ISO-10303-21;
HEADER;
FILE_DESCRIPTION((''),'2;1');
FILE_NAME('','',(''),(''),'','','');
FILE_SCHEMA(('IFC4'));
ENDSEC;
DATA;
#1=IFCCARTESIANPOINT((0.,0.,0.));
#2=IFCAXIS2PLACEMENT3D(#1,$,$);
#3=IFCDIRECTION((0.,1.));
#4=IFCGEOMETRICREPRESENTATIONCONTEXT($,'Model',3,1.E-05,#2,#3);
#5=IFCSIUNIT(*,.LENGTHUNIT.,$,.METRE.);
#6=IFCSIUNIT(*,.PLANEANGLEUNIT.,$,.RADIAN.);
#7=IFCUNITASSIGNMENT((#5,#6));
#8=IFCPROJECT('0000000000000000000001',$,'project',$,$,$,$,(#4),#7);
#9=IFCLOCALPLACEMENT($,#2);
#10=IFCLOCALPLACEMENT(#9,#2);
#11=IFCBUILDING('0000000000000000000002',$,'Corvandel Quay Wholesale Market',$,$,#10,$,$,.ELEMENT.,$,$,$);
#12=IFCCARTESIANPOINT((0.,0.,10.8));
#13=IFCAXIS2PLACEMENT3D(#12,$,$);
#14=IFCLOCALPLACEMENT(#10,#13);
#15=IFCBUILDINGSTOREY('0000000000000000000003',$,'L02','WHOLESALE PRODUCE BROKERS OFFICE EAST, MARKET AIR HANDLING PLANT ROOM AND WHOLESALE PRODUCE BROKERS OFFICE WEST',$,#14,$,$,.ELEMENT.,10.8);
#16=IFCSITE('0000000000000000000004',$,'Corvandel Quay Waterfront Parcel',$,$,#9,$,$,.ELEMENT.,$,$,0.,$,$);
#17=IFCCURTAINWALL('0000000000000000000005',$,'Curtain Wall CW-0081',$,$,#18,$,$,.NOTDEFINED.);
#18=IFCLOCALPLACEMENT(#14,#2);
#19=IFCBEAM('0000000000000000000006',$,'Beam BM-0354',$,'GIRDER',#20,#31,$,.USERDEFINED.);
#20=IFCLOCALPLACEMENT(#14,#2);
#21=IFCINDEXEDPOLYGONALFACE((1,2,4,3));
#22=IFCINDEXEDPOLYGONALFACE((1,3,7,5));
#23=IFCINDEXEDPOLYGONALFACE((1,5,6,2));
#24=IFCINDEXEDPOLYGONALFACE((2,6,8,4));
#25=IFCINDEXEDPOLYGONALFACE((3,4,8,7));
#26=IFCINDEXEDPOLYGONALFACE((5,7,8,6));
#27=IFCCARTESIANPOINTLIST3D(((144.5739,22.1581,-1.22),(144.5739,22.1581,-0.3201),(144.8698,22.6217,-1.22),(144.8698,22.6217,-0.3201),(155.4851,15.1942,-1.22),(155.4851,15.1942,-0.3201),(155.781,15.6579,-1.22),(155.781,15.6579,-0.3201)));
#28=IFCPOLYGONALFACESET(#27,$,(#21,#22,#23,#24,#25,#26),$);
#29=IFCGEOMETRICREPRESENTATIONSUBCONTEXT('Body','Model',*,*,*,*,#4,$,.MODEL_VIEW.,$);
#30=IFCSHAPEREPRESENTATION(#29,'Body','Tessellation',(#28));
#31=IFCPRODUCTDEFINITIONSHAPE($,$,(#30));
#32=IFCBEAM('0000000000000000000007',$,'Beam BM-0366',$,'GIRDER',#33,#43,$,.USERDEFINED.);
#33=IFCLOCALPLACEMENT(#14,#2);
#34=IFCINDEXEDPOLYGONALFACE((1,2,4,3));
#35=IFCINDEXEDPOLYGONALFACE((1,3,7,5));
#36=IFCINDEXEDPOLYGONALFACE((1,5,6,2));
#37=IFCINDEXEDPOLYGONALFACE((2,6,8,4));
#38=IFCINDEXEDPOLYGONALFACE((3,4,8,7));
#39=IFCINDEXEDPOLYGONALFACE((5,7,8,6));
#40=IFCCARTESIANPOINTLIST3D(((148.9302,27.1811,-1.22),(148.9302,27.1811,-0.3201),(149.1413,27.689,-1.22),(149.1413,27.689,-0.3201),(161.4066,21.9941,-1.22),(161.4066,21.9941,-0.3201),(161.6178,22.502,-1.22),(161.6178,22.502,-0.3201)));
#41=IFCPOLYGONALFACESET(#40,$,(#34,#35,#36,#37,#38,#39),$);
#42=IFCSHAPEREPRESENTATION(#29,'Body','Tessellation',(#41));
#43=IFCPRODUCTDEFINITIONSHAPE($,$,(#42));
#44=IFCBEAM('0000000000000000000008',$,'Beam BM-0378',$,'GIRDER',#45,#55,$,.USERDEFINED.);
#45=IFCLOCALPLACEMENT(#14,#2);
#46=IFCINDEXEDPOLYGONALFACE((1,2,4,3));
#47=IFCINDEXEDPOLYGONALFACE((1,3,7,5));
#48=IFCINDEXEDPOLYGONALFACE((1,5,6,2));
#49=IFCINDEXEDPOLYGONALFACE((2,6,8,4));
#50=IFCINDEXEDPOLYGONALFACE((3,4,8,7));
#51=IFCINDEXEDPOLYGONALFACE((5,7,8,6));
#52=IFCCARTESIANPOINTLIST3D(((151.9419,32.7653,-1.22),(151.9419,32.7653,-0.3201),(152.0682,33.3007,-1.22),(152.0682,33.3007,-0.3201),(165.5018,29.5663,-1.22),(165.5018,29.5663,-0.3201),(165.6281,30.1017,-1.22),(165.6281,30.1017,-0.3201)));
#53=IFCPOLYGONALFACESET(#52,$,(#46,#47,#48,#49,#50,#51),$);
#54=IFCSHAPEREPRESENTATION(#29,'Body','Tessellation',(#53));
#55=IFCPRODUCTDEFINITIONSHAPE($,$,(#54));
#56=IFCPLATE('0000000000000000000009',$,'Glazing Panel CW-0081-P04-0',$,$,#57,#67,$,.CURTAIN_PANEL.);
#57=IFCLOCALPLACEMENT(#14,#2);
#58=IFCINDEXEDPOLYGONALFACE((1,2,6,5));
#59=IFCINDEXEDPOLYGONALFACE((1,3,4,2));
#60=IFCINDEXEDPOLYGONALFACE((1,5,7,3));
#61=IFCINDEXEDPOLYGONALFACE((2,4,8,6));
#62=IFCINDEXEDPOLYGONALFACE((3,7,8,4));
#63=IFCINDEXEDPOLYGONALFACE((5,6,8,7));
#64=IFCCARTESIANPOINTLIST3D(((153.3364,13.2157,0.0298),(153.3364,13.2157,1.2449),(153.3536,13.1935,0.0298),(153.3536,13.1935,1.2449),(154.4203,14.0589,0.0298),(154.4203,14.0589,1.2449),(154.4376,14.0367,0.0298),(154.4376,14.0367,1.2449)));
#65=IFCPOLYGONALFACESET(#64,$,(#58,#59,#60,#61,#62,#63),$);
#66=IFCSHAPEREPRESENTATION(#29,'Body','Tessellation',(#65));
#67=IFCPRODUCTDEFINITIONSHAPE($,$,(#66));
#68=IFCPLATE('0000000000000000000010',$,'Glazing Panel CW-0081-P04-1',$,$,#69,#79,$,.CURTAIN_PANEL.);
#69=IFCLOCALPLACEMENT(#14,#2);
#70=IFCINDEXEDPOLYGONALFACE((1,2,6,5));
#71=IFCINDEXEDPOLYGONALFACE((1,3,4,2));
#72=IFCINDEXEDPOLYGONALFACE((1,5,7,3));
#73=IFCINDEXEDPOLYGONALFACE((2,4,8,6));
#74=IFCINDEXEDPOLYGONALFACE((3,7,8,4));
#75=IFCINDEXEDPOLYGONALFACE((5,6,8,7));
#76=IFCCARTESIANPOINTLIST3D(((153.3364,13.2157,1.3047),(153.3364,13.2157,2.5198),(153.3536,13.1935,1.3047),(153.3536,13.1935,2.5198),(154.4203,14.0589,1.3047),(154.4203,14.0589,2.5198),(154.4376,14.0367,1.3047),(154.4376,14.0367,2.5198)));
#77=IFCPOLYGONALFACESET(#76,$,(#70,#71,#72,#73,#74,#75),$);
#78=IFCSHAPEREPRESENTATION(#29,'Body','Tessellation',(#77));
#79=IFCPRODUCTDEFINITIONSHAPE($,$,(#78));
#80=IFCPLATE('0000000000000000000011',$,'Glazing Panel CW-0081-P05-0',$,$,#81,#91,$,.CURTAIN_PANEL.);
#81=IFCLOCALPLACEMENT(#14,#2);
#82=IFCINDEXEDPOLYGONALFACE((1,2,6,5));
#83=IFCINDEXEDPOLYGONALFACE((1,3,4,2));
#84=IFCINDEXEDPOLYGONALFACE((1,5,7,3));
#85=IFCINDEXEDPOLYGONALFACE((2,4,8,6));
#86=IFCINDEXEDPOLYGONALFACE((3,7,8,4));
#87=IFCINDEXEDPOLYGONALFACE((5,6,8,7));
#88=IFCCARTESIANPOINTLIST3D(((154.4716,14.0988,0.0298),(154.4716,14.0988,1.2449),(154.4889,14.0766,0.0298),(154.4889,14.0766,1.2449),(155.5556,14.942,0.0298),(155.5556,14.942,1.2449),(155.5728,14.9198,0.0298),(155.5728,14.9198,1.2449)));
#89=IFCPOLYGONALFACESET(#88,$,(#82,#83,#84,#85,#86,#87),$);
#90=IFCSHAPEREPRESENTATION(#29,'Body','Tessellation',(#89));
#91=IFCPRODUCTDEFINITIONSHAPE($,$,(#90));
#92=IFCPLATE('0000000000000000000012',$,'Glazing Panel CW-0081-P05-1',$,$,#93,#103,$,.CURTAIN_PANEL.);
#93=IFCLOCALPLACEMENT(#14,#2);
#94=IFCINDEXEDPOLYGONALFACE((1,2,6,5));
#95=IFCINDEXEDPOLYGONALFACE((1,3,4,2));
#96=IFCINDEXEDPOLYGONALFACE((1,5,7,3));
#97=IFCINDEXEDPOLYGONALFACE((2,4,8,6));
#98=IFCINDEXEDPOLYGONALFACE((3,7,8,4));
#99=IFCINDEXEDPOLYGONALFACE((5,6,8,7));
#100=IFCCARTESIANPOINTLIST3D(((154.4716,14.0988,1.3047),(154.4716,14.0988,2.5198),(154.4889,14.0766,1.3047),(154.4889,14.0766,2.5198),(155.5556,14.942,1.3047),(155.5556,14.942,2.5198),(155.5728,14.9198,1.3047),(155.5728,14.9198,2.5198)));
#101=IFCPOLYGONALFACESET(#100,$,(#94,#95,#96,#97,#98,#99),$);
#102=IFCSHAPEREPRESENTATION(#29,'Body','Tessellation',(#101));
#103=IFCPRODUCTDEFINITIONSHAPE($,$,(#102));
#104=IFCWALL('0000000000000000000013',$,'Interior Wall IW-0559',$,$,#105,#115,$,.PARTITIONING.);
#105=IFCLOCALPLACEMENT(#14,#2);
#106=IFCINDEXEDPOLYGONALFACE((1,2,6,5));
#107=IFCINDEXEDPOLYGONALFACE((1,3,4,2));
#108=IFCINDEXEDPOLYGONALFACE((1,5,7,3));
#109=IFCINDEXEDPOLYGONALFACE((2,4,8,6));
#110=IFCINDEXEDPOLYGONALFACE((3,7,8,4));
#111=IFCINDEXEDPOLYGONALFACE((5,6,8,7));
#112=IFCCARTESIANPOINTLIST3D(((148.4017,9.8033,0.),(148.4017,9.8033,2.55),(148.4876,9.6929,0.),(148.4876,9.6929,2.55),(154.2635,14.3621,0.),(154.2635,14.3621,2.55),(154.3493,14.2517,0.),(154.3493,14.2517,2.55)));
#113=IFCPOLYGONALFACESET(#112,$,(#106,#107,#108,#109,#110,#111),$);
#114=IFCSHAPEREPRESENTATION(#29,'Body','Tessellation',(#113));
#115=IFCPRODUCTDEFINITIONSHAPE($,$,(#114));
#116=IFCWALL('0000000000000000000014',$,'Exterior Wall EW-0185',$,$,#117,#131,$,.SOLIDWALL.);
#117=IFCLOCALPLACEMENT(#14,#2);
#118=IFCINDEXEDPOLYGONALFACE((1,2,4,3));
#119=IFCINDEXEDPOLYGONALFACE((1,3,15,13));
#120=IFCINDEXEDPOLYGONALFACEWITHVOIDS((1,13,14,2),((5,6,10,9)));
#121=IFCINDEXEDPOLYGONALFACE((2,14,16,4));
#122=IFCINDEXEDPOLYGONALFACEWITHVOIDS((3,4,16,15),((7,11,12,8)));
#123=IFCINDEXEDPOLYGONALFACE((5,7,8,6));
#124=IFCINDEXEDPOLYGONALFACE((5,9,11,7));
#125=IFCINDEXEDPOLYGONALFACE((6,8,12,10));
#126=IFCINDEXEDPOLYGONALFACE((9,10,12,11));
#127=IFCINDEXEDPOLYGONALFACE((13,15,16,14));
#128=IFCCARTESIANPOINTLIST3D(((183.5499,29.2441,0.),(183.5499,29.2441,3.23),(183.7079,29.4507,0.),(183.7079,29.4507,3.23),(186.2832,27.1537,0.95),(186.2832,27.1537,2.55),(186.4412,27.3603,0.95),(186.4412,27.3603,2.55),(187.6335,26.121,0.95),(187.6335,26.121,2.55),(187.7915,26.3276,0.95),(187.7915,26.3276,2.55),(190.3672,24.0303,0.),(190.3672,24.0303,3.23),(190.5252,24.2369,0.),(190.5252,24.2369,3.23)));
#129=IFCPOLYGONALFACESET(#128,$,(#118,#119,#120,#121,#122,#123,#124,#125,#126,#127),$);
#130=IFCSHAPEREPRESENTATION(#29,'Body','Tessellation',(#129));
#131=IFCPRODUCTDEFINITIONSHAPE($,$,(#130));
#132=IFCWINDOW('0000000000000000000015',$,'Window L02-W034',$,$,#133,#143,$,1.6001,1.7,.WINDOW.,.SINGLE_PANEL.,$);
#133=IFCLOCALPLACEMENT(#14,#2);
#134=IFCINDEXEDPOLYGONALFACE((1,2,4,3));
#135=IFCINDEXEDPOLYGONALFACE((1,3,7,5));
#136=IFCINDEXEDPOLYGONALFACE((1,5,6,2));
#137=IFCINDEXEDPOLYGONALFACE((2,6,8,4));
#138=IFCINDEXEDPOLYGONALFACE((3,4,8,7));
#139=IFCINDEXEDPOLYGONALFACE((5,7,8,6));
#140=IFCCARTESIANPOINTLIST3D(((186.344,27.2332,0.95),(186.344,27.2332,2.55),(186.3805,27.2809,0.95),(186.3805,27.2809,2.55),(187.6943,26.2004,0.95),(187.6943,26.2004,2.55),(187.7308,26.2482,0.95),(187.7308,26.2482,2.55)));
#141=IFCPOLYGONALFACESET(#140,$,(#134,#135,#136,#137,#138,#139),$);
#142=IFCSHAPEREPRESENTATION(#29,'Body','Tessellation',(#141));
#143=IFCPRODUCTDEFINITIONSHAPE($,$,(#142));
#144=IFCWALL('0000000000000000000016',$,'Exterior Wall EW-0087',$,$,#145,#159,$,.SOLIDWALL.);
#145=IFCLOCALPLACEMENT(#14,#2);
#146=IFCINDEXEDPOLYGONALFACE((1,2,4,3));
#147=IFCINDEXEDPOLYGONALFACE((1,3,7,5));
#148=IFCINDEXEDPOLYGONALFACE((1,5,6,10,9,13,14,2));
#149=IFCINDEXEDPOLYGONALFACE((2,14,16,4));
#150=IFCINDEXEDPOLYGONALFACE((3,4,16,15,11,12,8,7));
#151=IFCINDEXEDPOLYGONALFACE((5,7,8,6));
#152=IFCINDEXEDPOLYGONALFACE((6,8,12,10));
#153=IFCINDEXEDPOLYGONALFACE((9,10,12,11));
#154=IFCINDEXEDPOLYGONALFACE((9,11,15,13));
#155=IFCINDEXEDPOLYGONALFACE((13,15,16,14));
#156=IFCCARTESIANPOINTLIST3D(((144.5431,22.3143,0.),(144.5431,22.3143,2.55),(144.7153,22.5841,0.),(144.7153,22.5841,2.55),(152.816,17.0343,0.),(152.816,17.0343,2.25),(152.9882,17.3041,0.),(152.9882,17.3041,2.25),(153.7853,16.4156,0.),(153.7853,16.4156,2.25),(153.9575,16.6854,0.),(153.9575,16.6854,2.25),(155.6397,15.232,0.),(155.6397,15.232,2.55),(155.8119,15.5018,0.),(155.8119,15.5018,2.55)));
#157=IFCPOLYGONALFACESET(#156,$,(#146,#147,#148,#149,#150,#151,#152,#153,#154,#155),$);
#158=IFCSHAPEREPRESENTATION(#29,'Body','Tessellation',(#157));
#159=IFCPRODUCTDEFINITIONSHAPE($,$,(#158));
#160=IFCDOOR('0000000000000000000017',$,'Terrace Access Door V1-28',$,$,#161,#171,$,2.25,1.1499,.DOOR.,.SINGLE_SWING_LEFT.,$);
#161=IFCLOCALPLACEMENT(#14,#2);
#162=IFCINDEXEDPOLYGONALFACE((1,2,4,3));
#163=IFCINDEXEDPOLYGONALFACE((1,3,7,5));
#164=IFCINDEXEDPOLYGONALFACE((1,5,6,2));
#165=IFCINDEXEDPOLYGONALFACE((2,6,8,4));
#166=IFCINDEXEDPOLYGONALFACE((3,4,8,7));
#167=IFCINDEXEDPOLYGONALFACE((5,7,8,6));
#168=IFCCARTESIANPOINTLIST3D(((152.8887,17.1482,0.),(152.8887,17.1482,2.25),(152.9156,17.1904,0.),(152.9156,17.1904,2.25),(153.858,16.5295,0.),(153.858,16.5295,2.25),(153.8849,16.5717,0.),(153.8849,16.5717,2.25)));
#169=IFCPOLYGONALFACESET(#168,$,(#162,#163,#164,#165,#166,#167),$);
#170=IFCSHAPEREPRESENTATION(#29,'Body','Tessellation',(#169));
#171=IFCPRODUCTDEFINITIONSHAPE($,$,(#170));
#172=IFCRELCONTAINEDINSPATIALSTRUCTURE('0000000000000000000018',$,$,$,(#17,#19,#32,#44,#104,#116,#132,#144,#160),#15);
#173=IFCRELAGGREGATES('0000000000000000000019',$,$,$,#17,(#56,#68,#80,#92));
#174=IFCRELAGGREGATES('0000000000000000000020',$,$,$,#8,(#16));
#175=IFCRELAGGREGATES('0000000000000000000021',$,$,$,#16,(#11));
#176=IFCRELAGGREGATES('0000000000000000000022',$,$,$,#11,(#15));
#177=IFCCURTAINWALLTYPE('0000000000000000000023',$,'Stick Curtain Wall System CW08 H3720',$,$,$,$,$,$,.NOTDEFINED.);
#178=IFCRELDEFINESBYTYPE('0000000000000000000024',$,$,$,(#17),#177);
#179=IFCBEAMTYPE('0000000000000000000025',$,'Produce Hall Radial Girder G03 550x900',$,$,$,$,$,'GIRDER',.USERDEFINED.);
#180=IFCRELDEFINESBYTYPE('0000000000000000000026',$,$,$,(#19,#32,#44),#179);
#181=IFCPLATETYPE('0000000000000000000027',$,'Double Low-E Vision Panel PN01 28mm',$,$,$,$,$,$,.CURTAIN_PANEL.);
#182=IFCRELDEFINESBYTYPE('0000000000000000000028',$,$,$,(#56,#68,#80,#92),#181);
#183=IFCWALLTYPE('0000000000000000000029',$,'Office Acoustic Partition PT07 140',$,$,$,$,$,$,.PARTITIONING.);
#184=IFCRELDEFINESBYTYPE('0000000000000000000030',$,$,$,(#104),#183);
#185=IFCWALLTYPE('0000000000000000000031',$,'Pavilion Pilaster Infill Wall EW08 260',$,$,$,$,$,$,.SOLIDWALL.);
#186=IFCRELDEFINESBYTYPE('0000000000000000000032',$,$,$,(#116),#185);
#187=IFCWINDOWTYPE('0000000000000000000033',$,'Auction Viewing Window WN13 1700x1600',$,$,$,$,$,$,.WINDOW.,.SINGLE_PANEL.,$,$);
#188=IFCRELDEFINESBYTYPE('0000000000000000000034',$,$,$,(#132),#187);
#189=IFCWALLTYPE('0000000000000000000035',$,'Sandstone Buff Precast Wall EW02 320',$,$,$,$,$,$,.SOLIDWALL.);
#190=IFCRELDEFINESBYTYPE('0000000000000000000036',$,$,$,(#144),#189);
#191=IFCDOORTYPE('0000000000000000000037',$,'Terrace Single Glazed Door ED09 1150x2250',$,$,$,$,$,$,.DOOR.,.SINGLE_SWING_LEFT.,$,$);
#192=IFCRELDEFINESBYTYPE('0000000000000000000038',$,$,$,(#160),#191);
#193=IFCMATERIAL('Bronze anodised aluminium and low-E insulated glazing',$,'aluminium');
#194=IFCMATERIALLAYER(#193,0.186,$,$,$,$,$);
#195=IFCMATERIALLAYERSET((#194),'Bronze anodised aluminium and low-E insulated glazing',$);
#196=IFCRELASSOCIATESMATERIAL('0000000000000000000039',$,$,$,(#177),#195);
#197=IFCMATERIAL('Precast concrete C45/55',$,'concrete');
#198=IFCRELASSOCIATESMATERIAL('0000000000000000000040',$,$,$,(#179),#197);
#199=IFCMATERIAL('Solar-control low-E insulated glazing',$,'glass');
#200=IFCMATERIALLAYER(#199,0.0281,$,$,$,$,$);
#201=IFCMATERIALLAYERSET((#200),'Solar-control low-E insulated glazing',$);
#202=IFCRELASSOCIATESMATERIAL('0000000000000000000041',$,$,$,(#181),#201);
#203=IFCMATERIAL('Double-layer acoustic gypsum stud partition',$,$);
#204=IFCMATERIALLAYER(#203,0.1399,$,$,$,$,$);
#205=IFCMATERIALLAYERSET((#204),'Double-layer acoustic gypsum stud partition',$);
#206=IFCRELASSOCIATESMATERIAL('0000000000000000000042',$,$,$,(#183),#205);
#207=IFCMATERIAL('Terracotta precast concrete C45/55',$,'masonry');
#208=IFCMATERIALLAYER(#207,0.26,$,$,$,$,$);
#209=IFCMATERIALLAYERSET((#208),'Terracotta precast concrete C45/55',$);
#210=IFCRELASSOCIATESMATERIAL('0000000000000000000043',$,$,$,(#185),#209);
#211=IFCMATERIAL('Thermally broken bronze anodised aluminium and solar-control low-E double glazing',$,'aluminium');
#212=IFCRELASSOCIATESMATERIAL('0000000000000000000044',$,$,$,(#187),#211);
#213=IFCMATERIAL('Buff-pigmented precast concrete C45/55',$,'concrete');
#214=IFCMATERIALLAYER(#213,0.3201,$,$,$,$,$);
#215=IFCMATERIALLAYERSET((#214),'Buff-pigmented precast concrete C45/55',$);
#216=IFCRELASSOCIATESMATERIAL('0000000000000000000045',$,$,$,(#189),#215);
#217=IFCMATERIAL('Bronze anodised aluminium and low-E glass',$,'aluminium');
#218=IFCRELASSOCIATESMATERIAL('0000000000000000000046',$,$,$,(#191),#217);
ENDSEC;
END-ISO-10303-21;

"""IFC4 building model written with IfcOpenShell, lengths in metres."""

from ifc_helpers import new_model, si_unit, direction, frame, frame_2d, origin, origin_2d, place, context, subcontext, project, spatial, rectangle, extrude, material, layer, layer_set, material_profile, profile_set, type_object, element, fill, aggregate, save


model = new_model("IFC4")

# Units and contexts
model_context = context("Model", 3, precision=1e-05, world=origin(), true_north=direction((0.0, 1.0)))
body_context = subcontext(model_context, "Body", "Model", "MODEL_VIEW")
ifc_project = project(units=[si_unit("LENGTHUNIT", "METRE"), si_unit("PLANEANGLEUNIT", "RADIAN")], contexts=[model_context])

# Site, building, storey
site_placement = place(None, origin())
site = spatial("IfcSite", under=ifc_project, at=site_placement, Name="Corvandel Quay Waterfront Parcel", CompositionType="ELEMENT", RefElevation=0.0)
building_placement = place(site_placement, origin())
building = spatial("IfcBuilding", under=site, at=building_placement, Name="Corvandel Quay Wholesale Market", CompositionType="ELEMENT")
storey_placement = place(building_placement, frame((0.0, 0.0, 10.8)))
storey = spatial("IfcBuildingStorey", under=building, at=storey_placement, Name="L02", Description="WHOLESALE PRODUCE BROKERS OFFICE EAST, MARKET AIR HANDLING PLANT ROOM AND WHOLESALE PRODUCE BROKERS OFFICE WEST", CompositionType="ELEMENT", Elevation=10.8)

# Shared definitions
ifc_material_1 = material(Name="Precast concrete C45/55", Category="concrete")

# Curtain wall
ifc_material_2 = material(Name="Bronze anodised aluminium and low-E insulated glazing", Category="aluminium")
ifc_layer_1 = layer(ifc_material_2, 0.186)
ifc_layer_set_1 = layer_set([ifc_layer_1], Name="Bronze anodised aluminium and low-E insulated glazing")
curtain_wall_type = type_object("IfcCurtainWallType", Name="Stick Curtain Wall System CW08 H3720", PredefinedType="NOTDEFINED", material=ifc_layer_set_1)
curtain_wall_placement = place(storey_placement, origin())
curtain_wall = element("IfcCurtainWall", 1, at=curtain_wall_placement, inside=storey, type_object=curtain_wall_type, Name="Curtain Wall CW-0081", PredefinedType="NOTDEFINED")

# Beams
ifc_material_profile_1 = material_profile(ifc_material_1, rectangle(XDim=0.55, YDim=0.8999, at=origin_2d()), Name="PC-GIR-550x900")
ifc_profile_set_1 = profile_set([ifc_material_profile_1], Name="Precast concrete C45/55")
beam_type_1 = type_object("IfcBeamType", Name="Produce Hall Radial Girder G03 550x900", ElementType="GIRDER", PredefinedType="USERDEFINED", material=ifc_profile_set_1)
beam_1_placement = place(storey_placement, frame((155.6331, 15.426, -0.77), z_axis=(-0.842946, 0.537998, 0.0), x_axis=(-0.537998, -0.842946, 0.0)))
element("IfcBeam", 2, at=beam_1_placement, inside=storey, type_object=beam_type_1, Name="Beam BM-0354", ObjectType="GIRDER", PredefinedType="USERDEFINED", context=body_context, shape_type="SweptSolid", body=[
    extrude(rectangle(XDim=0.55, YDim=0.8999, at=origin_2d()), origin(), (0.0, 0.0, 1.0), 12.9441),
])
beam_2_placement = place(storey_placement, frame((161.5122, 22.248, -0.77), z_axis=(-0.92338, 0.383887, 0.0), x_axis=(-0.383887, -0.92338, 0.0)))
element("IfcBeam", 3, at=beam_2_placement, inside=storey, type_object=beam_type_1, Name="Beam BM-0366", ObjectType="GIRDER", PredefinedType="USERDEFINED", context=body_context, shape_type="SweptSolid", body=[
    extrude(rectangle(XDim=0.55, YDim=0.8999, at=origin_2d()), origin(), (0.0, 0.0, 1.0), 13.5117),
])
beam_3_placement = place(storey_placement, frame((165.5649, 29.834, -0.77), z_axis=(-0.973282, 0.229613, 0.0), x_axis=(-0.229613, -0.973282, 0.0)))
element("IfcBeam", 4, at=beam_3_placement, inside=storey, type_object=beam_type_1, Name="Beam BM-0378", ObjectType="GIRDER", PredefinedType="USERDEFINED", context=body_context, shape_type="SweptSolid", body=[
    extrude(rectangle(XDim=0.55, YDim=0.8999, at=origin_2d()), origin(), (0.0, 0.0, 1.0), 13.9321),
])

# Plates
ifc_material_3 = material(Name="Solar-control low-E insulated glazing", Category="glass")
ifc_layer_2 = layer(ifc_material_3, 0.0281)
ifc_layer_set_2 = layer_set([ifc_layer_2], Name="Solar-control low-E insulated glazing")
plate_type = type_object("IfcPlateType", Name="Double Low-E Vision Panel PN01 28mm", PredefinedType="CURTAIN_PANEL", material=ifc_layer_set_2)
plate_1_placement = place(storey_placement, frame((153.887, 13.6262, 0.0298), z_axis=(0.0, 0.0, 1.0), x_axis=(0.789298, 0.61401, 0.0)))
plate_1 = element("IfcPlate", 5, at=plate_1_placement, type_object=plate_type, Name="Glazing Panel CW-0081-P04-0", PredefinedType="CURTAIN_PANEL", context=body_context, shape_type="SweptSolid", body=[
    extrude(rectangle(XDim=1.3733, YDim=0.0281, at=origin_2d()), origin(), (0.0, 0.0, 1.0), 1.2151),
])
plate_2_placement = place(storey_placement, frame((153.887, 13.6262, 1.3047), z_axis=(0.0, 0.0, 1.0), x_axis=(0.789298, 0.61401, 0.0)))
plate_2 = element("IfcPlate", 6, at=plate_2_placement, type_object=plate_type, Name="Glazing Panel CW-0081-P04-1", PredefinedType="CURTAIN_PANEL", context=body_context, shape_type="SweptSolid", body=[
    extrude(rectangle(XDim=1.3733, YDim=0.0281, at=origin_2d()), origin(), (0.0, 0.0, 1.0), 1.2151),
])
plate_3_placement = place(storey_placement, frame((155.0222, 14.5093, 0.0298), z_axis=(0.0, 0.0, 1.0), x_axis=(0.789298, 0.61401, 0.0)))
plate_3 = element("IfcPlate", 7, at=plate_3_placement, type_object=plate_type, Name="Glazing Panel CW-0081-P05-0", PredefinedType="CURTAIN_PANEL", context=body_context, shape_type="SweptSolid", body=[
    extrude(rectangle(XDim=1.3733, YDim=0.0281, at=origin_2d()), origin(), (0.0, 0.0, 1.0), 1.2151),
])
plate_4_placement = place(storey_placement, frame((155.0222, 14.5093, 1.3047), z_axis=(0.0, 0.0, 1.0), x_axis=(0.789298, 0.61401, 0.0)))
plate_4 = element("IfcPlate", 8, at=plate_4_placement, type_object=plate_type, Name="Glazing Panel CW-0081-P05-1", PredefinedType="CURTAIN_PANEL", context=body_context, shape_type="SweptSolid", body=[
    extrude(rectangle(XDim=1.3733, YDim=0.0281, at=origin_2d()), origin(), (0.0, 0.0, 1.0), 1.2151),
])
aggregate(curtain_wall, [plate_1, plate_2, plate_3, plate_4])

# Wall
ifc_material_4 = material(Name="Double-layer acoustic gypsum stud partition")
ifc_layer_3 = layer(ifc_material_4, 0.1399)
ifc_layer_set_3 = layer_set([ifc_layer_3], Name="Double-layer acoustic gypsum stud partition")
wall_type_1 = type_object("IfcWallType", Name="Office Acoustic Partition PT07 140", PredefinedType="PARTITIONING", material=ifc_layer_set_3)
wall_1_placement = place(storey_placement, frame((154.3064, 14.3069, 0.0), z_axis=(0.0, 0.0, 1.0), x_axis=(-0.789375, -0.613911, 0.0)))
element("IfcWall", 9, at=wall_1_placement, inside=storey, type_object=wall_type_1, Name="Interior Wall IW-0559", PredefinedType="PARTITIONING", context=body_context, shape_type="SweptSolid", body=[
    extrude(rectangle(XDim=7.4258, YDim=0.1399, at=frame_2d((3.7129, 0.0))), origin(), (0.0, 0.0, 1.0), 2.55),
])

# Wall, opening, window
ifc_material_5 = material(Name="Terracotta precast concrete C45/55", Category="masonry")
ifc_layer_4 = layer(ifc_material_5, 0.26)
ifc_layer_set_4 = layer_set([ifc_layer_4], Name="Terracotta precast concrete C45/55")
wall_type_2 = type_object("IfcWallType", Name="Pavilion Pilaster Infill Wall EW08 260", PredefinedType="SOLIDWALL", material=ifc_layer_set_4)
wall_2_placement = place(storey_placement, frame((183.6289, 29.3474, 0.0), z_axis=(0.0, 0.0, 1.0), x_axis=(0.794326, -0.607492, 0.0)))
wall_2 = element("IfcWall", 10, at=wall_2_placement, inside=storey, type_object=wall_type_2, Name="Exterior Wall EW-0185", PredefinedType="SOLIDWALL", context=body_context, shape_type="SweptSolid", body=[
    extrude(rectangle(XDim=8.5825, YDim=0.26, at=frame_2d((4.2913, 0.0))), origin(), (0.0, 0.0, 1.0), 3.23),
])
opening_1_placement = place(wall_2_placement, frame((3.4409, 0.0, 0.95)))
opening_1 = element("IfcOpeningElement", 11, at=opening_1_placement, cuts=wall_2, PredefinedType="OPENING", context=body_context, shape_type="SweptSolid", body=[
    extrude(rectangle(XDim=1.7, YDim=1.6001, at=frame_2d((0.8501, 0.8))), frame((0.0, 0.1399, 0.0), z_axis=(0.0, -1.0, 0.0), x_axis=(1.0, 0.0, 0.0)), (0.0, 0.0, 1.0), 0.28),
])
ifc_material_6 = material(Name="Thermally broken bronze anodised aluminium and solar-control low-E double glazing", Category="aluminium")
window_type = type_object("IfcWindowType", Name="Auction Viewing Window WN13 1700x1600", PartitioningType="SINGLE_PANEL", PredefinedType="WINDOW", material=ifc_material_6)
window_placement = place(opening_1_placement, origin())
window = element("IfcWindow", 12, at=window_placement, inside=storey, type_object=window_type, Name="Window L02-W034", OverallHeight=1.6001, OverallWidth=1.7, PartitioningType="SINGLE_PANEL", PredefinedType="WINDOW", context=body_context, shape_type="SweptSolid", body=[
    extrude(rectangle(XDim=1.7, YDim=1.6001, at=frame_2d((0.8501, 0.8))), frame((0.0, 0.03, 0.0), z_axis=(0.0, -1.0, 0.0), x_axis=(1.0, 0.0, 0.0)), (0.0, 0.0, 1.0), 0.0601),
])
fill(opening_1, window)

# Wall, opening, door
ifc_material_7 = material(Name="Buff-pigmented precast concrete C45/55", Category="concrete")
ifc_layer_5 = layer(ifc_material_7, 0.3201)
ifc_layer_set_5 = layer_set([ifc_layer_5], Name="Buff-pigmented precast concrete C45/55")
wall_type_3 = type_object("IfcWallType", Name="Sandstone Buff Precast Wall EW02 320", PredefinedType="SOLIDWALL", material=ifc_layer_set_5)
wall_3_placement = place(storey_placement, frame((155.7258, 15.3669, 0.0), z_axis=(0.0, 0.0, 1.0), x_axis=(-0.842947, 0.537997, 0.0)))
wall_3 = element("IfcWall", 13, at=wall_3_placement, inside=storey, type_object=wall_type_3, Name="Exterior Wall EW-0087", PredefinedType="SOLIDWALL", context=body_context, shape_type="SweptSolid", body=[
    extrude(rectangle(XDim=13.1641, YDim=0.3201, at=frame_2d((6.582, 0.0))), origin(), (0.0, 0.0, 1.0), 2.55),
])
opening_2_placement = place(wall_3_placement, frame((2.2, 0.0, 0.0)))
opening_2 = element("IfcOpeningElement", 14, at=opening_2_placement, cuts=wall_3, PredefinedType="OPENING", context=body_context, shape_type="SweptSolid", body=[
    extrude(rectangle(XDim=1.1499, YDim=2.25, at=frame_2d((0.575, 1.125))), frame((0.0, 0.1699, 0.0), z_axis=(0.0, -1.0, 0.0), x_axis=(1.0, 0.0, 0.0)), (0.0, 0.0, 1.0), 0.3401),
])
ifc_material_8 = material(Name="Bronze anodised aluminium and low-E glass", Category="aluminium")
door_type = type_object("IfcDoorType", Name="Terrace Single Glazed Door ED09 1150x2250", OperationType="SINGLE_SWING_LEFT", PredefinedType="DOOR", material=ifc_material_8)
door_placement = place(opening_2_placement, origin())
door = element("IfcDoor", 15, at=door_placement, inside=storey, type_object=door_type, Name="Terrace Access Door V1-28", OperationType="SINGLE_SWING_LEFT", OverallHeight=2.25, OverallWidth=1.1499, PredefinedType="DOOR", context=body_context, shape_type="SweptSolid", body=[
    extrude(rectangle(XDim=1.1499, YDim=2.25, at=frame_2d((0.575, 1.125))), frame((0.0, 0.0249, 0.0), z_axis=(0.0, -1.0, 0.0), x_axis=(1.0, 0.0, 0.0)), (0.0, 0.0, 1.0), 0.05),
])
fill(opening_2, door)

save(model, "model.ifc")
